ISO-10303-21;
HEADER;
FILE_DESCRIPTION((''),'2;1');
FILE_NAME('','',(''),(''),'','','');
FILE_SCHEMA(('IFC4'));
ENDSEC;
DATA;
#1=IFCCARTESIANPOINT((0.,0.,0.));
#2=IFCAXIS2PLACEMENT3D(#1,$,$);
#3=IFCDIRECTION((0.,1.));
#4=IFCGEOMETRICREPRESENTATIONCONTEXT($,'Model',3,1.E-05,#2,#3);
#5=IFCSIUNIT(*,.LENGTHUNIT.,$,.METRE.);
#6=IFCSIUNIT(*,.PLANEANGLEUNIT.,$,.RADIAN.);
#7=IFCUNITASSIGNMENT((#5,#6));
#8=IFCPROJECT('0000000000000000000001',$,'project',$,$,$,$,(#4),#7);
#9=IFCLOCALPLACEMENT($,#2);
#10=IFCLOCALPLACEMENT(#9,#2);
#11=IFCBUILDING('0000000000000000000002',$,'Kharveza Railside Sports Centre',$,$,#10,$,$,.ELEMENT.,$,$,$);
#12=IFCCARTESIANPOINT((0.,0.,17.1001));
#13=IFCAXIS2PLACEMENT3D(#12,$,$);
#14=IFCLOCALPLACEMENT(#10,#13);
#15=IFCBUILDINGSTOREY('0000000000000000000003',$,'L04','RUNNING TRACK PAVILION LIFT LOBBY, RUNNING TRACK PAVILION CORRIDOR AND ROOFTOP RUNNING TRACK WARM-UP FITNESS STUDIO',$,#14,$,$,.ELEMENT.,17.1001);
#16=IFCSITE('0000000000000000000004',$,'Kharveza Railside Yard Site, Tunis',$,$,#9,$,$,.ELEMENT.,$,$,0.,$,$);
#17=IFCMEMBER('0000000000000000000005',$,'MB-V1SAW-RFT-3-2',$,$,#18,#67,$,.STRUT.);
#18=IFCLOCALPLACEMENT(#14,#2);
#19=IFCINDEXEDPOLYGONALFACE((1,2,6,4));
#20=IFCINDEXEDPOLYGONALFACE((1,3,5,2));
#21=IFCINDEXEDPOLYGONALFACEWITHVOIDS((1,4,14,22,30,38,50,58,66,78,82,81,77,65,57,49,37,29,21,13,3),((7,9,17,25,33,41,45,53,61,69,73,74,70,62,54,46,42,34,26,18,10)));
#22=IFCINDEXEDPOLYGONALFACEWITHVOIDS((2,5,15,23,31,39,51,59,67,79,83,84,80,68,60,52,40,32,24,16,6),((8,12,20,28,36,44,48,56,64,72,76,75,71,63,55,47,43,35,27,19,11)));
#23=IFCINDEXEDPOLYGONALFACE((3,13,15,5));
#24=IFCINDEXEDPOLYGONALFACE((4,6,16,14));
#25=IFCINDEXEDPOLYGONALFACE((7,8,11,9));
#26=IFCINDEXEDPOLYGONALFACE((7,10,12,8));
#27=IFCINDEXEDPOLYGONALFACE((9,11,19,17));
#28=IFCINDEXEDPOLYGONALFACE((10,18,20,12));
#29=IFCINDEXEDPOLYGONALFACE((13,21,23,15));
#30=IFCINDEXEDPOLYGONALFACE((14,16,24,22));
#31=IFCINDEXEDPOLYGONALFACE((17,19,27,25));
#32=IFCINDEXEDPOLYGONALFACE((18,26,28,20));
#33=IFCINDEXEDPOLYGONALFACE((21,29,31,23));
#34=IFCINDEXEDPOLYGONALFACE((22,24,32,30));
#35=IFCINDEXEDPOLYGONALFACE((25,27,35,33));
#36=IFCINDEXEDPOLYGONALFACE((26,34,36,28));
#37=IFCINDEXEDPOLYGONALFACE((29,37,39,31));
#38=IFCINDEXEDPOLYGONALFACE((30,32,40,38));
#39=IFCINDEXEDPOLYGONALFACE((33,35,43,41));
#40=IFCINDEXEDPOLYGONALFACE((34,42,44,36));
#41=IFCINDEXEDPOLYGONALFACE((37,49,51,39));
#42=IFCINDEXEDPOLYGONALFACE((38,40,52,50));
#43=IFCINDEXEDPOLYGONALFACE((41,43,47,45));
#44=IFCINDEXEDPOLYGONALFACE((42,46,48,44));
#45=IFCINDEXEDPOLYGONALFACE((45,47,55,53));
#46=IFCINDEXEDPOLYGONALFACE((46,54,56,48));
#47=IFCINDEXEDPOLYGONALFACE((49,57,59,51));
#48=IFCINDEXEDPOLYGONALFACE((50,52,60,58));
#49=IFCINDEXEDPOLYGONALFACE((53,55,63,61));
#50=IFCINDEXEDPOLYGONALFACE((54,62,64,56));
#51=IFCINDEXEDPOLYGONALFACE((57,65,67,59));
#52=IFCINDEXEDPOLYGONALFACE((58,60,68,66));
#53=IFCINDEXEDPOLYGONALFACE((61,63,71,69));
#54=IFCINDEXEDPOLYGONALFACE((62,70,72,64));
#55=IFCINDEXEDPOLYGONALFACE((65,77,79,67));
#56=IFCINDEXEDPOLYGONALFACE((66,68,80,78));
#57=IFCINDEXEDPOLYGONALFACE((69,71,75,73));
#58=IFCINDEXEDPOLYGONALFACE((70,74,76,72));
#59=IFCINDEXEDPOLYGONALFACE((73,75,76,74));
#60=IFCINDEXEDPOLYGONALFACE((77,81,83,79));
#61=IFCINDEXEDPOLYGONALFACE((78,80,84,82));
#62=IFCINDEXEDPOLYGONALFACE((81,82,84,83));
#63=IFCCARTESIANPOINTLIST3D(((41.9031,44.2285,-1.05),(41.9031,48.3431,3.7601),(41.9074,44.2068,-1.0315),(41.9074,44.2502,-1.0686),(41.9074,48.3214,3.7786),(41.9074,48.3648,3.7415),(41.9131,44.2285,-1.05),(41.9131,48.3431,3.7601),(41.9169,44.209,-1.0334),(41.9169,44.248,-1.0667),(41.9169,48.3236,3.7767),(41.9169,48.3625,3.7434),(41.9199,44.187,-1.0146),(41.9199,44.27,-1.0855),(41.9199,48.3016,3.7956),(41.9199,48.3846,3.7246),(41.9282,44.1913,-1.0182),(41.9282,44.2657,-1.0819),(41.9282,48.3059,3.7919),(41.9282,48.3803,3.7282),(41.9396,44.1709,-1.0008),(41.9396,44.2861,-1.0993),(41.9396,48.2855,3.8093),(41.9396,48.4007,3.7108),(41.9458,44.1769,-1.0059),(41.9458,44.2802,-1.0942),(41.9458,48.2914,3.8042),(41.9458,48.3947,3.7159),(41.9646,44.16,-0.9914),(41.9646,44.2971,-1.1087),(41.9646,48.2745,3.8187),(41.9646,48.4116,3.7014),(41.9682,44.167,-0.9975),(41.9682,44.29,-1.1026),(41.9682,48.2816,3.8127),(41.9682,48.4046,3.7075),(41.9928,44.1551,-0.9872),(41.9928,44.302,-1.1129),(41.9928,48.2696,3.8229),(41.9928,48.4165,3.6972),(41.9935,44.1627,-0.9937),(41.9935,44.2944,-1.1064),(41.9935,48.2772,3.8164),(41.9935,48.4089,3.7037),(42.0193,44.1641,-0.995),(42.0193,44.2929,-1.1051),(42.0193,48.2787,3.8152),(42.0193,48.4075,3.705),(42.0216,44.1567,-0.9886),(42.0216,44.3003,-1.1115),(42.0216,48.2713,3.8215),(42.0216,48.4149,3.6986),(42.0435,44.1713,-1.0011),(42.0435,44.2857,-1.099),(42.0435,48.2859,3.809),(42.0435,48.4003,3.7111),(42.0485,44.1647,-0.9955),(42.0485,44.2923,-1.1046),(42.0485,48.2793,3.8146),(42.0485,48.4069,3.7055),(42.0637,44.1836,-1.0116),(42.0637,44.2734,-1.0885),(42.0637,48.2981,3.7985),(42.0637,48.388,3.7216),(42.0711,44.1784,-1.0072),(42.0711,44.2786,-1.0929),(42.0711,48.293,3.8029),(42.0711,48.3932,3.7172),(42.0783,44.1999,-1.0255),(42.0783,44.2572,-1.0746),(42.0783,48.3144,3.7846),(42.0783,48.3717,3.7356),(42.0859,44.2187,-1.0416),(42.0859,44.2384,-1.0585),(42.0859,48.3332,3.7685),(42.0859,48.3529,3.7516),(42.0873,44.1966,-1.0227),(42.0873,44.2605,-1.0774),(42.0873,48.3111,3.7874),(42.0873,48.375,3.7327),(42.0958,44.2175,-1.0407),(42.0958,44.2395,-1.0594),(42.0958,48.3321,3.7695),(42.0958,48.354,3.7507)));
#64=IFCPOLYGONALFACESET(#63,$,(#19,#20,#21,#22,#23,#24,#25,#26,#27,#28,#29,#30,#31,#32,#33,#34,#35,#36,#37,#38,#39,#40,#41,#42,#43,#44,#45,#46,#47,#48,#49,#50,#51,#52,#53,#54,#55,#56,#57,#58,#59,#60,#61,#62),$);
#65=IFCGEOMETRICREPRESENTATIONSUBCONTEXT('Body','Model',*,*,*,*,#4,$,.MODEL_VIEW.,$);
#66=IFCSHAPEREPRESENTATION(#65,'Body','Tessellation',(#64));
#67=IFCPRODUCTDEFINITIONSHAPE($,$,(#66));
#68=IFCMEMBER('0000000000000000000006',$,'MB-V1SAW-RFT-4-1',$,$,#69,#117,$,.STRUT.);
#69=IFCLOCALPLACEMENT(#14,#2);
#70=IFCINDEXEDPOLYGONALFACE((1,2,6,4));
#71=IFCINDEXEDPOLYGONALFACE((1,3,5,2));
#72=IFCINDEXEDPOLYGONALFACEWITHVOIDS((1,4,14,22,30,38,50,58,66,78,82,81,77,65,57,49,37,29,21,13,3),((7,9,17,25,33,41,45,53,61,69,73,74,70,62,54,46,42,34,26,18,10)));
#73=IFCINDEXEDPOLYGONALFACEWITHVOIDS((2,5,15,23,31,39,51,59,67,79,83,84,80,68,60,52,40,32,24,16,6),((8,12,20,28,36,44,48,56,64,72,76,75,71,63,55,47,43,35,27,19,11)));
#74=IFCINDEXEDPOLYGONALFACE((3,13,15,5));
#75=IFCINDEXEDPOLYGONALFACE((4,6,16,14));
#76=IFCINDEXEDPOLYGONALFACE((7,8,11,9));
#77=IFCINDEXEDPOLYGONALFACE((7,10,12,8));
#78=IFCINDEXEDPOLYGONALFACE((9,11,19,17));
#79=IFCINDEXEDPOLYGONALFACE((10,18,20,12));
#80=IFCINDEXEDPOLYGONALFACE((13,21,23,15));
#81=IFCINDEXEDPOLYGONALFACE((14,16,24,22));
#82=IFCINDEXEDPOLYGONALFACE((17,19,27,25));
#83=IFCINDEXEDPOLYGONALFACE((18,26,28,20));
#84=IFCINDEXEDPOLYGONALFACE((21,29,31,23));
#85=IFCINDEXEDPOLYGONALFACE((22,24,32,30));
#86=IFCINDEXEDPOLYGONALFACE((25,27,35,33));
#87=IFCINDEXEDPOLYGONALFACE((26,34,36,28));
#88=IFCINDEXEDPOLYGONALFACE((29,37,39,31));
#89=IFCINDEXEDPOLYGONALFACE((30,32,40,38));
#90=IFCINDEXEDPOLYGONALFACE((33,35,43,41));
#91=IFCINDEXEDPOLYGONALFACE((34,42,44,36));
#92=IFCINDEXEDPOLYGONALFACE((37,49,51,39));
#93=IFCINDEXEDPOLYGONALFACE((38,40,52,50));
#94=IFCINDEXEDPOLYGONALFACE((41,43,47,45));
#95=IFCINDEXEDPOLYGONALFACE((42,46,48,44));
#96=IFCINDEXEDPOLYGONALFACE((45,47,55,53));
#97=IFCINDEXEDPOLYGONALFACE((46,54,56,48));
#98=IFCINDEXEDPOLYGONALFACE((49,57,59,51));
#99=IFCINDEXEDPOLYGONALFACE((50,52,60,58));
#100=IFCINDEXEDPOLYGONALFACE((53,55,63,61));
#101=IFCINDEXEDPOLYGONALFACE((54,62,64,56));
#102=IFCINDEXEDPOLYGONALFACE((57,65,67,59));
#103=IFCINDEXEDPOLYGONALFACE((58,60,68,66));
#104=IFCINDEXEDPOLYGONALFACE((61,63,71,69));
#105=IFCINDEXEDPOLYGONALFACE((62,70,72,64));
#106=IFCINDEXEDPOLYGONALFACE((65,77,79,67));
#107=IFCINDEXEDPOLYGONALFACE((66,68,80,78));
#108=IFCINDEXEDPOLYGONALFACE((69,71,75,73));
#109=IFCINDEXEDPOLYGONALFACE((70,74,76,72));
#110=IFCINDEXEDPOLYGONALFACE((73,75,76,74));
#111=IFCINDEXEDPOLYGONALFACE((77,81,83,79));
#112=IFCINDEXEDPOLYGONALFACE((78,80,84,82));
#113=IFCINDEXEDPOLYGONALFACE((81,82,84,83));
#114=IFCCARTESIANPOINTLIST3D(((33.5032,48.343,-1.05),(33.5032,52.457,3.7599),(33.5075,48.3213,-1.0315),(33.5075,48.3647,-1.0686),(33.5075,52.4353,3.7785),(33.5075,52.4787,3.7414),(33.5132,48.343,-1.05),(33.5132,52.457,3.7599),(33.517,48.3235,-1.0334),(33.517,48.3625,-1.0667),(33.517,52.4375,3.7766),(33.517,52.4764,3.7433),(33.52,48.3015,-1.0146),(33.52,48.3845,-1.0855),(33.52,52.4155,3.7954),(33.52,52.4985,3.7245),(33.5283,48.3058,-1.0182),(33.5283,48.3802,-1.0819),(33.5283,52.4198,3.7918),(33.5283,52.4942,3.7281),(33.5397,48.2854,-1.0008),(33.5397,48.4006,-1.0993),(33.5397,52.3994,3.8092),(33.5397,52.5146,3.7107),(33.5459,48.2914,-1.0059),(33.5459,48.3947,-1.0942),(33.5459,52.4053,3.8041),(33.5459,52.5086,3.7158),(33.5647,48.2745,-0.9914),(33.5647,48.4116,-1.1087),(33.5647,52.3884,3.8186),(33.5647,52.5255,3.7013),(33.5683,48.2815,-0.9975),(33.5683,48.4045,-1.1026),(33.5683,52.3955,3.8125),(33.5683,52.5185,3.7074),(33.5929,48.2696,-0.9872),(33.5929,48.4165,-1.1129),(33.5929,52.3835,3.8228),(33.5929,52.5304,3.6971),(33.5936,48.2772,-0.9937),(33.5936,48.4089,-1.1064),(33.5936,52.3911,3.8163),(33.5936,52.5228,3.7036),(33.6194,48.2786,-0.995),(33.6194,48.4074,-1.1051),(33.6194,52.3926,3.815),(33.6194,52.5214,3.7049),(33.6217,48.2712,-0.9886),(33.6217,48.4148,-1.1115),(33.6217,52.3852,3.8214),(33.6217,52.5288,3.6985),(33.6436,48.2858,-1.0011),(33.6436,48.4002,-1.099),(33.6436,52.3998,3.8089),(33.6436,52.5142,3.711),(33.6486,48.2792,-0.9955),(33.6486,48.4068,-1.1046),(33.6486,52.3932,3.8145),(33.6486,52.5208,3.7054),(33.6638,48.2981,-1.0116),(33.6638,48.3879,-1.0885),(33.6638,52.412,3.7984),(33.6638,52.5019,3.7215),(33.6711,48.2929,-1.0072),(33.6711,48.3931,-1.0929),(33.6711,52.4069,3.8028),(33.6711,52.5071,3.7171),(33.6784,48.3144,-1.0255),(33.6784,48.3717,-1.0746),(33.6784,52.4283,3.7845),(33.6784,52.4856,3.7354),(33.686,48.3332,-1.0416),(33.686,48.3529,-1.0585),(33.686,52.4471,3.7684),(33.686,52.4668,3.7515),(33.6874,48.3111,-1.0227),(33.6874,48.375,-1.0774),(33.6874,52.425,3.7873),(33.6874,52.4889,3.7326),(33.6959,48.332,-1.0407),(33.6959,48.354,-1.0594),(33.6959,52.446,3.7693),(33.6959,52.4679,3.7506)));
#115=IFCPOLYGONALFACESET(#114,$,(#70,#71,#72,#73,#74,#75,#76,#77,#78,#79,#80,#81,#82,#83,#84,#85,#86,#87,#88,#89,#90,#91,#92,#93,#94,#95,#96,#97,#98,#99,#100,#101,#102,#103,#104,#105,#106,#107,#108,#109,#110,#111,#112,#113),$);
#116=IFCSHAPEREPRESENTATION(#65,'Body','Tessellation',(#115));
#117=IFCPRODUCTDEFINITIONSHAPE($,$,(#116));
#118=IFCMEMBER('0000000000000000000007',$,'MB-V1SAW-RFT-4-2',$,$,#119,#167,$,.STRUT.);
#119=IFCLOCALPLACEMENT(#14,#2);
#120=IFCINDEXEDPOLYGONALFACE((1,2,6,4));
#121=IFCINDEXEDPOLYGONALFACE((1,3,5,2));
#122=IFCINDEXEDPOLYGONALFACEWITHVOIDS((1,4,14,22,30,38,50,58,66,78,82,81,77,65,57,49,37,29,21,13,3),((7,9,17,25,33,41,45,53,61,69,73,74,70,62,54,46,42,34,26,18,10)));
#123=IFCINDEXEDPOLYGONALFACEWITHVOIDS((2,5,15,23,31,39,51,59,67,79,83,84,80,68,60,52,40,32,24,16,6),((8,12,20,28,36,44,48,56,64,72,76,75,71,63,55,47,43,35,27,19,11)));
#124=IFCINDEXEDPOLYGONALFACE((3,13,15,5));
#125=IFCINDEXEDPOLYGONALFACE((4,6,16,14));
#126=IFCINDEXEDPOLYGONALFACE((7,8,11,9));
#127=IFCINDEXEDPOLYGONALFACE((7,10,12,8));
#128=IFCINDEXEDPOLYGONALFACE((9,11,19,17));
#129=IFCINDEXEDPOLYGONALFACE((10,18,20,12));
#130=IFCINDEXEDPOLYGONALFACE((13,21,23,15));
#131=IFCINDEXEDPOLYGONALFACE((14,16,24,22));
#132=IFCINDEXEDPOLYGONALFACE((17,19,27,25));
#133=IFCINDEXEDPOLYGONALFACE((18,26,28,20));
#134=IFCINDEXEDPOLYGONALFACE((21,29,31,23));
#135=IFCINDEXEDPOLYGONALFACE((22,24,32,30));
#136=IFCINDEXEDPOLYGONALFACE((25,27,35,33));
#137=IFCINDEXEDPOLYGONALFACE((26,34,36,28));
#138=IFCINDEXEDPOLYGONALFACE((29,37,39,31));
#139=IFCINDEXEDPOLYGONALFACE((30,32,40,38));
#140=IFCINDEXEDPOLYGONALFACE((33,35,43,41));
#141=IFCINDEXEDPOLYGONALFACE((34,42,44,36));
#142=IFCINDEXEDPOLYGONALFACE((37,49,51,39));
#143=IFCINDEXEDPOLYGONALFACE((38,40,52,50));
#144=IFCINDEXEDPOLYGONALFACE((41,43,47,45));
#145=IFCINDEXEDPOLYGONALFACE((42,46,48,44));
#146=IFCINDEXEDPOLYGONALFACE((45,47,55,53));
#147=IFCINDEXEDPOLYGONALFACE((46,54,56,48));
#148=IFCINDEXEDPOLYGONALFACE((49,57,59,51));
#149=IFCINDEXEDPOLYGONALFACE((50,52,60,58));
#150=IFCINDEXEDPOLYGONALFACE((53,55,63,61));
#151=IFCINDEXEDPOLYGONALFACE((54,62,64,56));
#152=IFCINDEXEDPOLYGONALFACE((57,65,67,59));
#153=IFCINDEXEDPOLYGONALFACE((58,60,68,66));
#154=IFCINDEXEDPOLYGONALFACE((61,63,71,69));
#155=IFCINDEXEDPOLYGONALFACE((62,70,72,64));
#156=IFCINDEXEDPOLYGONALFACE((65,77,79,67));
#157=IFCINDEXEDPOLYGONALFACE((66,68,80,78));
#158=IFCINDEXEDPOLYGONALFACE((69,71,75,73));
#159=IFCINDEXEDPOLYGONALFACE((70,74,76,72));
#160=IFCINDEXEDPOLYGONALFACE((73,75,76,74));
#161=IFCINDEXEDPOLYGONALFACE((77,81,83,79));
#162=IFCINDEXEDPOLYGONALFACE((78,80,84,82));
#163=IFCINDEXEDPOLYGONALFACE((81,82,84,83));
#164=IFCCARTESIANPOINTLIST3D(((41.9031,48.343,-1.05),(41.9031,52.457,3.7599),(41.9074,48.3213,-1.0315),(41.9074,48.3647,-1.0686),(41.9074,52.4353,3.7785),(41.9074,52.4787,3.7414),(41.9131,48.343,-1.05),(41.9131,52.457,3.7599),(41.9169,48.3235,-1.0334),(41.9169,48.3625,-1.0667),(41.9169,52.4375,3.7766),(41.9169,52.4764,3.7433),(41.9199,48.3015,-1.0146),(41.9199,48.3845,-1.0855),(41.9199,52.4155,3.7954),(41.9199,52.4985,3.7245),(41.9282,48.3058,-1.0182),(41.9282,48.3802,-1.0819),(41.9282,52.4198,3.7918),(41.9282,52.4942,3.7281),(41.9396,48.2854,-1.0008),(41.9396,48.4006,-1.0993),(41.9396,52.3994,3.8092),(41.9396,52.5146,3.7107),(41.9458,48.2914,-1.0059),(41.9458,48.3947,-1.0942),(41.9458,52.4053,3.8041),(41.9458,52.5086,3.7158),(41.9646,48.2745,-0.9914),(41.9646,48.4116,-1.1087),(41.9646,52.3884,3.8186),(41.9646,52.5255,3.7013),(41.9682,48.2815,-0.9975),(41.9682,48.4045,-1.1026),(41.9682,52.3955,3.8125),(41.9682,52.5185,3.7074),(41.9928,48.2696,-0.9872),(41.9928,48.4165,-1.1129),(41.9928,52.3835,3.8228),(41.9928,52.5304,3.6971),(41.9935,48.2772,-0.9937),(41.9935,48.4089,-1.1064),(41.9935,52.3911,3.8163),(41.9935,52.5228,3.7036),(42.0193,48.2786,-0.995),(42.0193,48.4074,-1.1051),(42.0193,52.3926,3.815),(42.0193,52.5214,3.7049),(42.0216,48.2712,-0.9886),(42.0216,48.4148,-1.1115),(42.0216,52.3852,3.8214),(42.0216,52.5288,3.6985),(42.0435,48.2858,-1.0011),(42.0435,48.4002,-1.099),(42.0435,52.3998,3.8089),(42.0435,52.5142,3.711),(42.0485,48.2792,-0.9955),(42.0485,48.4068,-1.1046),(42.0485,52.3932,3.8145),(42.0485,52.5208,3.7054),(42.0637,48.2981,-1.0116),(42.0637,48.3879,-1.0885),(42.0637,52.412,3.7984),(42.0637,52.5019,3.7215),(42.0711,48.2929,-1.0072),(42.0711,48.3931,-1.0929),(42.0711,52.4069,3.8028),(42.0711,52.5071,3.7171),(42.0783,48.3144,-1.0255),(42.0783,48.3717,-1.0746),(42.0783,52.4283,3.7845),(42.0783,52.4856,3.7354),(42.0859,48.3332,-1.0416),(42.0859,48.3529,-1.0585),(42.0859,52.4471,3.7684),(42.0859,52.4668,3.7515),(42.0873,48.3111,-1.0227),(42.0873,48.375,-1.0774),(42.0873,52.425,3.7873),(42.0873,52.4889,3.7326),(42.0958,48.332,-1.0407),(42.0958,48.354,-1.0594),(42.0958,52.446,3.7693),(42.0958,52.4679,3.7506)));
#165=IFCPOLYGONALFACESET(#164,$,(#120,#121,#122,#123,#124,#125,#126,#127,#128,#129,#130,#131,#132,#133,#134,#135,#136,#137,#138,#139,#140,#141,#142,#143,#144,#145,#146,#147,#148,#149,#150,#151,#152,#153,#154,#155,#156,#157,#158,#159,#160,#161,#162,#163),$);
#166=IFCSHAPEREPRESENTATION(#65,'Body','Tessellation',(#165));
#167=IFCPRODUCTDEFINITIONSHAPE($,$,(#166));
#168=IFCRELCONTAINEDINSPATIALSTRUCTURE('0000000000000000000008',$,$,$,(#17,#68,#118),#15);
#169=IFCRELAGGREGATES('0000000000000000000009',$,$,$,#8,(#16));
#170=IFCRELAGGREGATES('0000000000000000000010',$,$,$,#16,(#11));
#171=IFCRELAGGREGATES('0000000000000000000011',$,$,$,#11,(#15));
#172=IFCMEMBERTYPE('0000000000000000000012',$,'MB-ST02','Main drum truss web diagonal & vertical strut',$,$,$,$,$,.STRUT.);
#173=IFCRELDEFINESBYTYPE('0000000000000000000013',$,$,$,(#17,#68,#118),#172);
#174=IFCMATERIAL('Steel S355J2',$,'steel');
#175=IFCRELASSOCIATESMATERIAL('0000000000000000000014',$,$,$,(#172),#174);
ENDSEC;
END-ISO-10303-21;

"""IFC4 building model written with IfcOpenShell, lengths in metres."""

from ifc_helpers import new_model, si_unit, direction, frame, origin, origin_2d, place, context, subcontext, project, spatial, hollow_circle, extrude, material, material_profile, profile_set, type_object, element, save


model = new_model("IFC4")

# Units and contexts
model_context = context("Model", 3, precision=1e-05, world=origin(), true_north=direction((0.0, 1.0)))
body_context = subcontext(model_context, "Body", "Model", "MODEL_VIEW")
ifc_project = project(units=[si_unit("LENGTHUNIT", "METRE"), si_unit("PLANEANGLEUNIT", "RADIAN")], contexts=[model_context])

# Site, building, storey
site_placement = place(None, origin())
site = spatial("IfcSite", under=ifc_project, at=site_placement, Name="Kharveza Railside Yard Site, Tunis", CompositionType="ELEMENT", RefElevation=0.0)
building_placement = place(site_placement, origin())
building = spatial("IfcBuilding", under=site, at=building_placement, Name="Kharveza Railside Sports Centre", CompositionType="ELEMENT")
storey_placement = place(building_placement, frame((0.0, 0.0, 17.1001)))
storey = spatial("IfcBuildingStorey", under=building, at=storey_placement, Name="L04", Description="RUNNING TRACK PAVILION LIFT LOBBY, RUNNING TRACK PAVILION CORRIDOR AND ROOFTOP RUNNING TRACK WARM-UP FITNESS STUDIO", CompositionType="ELEMENT", Elevation=17.1001)

# Shared definitions
ifc_material_1 = material(Name="Steel S355J2", Category="steel")

# Members
ifc_material_profile_1 = material_profile(ifc_material_1, hollow_circle(Radius=0.0969, WallThickness=0.01, at=origin_2d()), Name="CHS 193.7x10.0")
ifc_profile_set_1 = profile_set([ifc_material_profile_1], Name="Steel S355J2")
member_type_1 = type_object("IfcMemberType", Name="MB-ST02", Description="Main drum truss web diagonal & vertical strut", PredefinedType="STRUT", material=ifc_profile_set_1)
member_1_placement = place(storey_placement, frame((42.0, 44.2285, -1.05), z_axis=(0.0, 0.650026, 0.759912), x_axis=(-1.0, 0.0, 0.0)))
element("IfcMember", 1, at=member_1_placement, inside=storey, type_object=member_type_1, Name="MB-V1SAW-RFT-3-2", PredefinedType="STRUT", context=body_context, shape_type="SweptSolid", body=[
    extrude(hollow_circle(Radius=0.0969, WallThickness=0.01, at=origin_2d()), origin(), (0.0, 0.0, 1.0), 6.3298),
])
for number, where, z_axis, x_axis, name in (
    (2, (33.6001, 48.343, -1.05), (0.0, 0.649981, 0.75995), (-1.0, 0.0, 0.0), "MB-V1SAW-RFT-4-1"),
    (3, (42.0, 48.343, -1.05), (0.0, 0.649981, 0.75995), (-1.0, 0.0, 0.0), "MB-V1SAW-RFT-4-2"),
):
    element("IfcMember", number, at=place(storey_placement, frame(where, z_axis=z_axis, x_axis=x_axis)), inside=storey, type_object=member_type_1, Name=name, PredefinedType="STRUT", context=body_context, shape_type="SweptSolid", body=[
        extrude(hollow_circle(Radius=0.0969, WallThickness=0.01, at=origin_2d()), origin(), (0.0, 0.0, 1.0), 6.3293),
    ])

save(model, "model.ifc")
